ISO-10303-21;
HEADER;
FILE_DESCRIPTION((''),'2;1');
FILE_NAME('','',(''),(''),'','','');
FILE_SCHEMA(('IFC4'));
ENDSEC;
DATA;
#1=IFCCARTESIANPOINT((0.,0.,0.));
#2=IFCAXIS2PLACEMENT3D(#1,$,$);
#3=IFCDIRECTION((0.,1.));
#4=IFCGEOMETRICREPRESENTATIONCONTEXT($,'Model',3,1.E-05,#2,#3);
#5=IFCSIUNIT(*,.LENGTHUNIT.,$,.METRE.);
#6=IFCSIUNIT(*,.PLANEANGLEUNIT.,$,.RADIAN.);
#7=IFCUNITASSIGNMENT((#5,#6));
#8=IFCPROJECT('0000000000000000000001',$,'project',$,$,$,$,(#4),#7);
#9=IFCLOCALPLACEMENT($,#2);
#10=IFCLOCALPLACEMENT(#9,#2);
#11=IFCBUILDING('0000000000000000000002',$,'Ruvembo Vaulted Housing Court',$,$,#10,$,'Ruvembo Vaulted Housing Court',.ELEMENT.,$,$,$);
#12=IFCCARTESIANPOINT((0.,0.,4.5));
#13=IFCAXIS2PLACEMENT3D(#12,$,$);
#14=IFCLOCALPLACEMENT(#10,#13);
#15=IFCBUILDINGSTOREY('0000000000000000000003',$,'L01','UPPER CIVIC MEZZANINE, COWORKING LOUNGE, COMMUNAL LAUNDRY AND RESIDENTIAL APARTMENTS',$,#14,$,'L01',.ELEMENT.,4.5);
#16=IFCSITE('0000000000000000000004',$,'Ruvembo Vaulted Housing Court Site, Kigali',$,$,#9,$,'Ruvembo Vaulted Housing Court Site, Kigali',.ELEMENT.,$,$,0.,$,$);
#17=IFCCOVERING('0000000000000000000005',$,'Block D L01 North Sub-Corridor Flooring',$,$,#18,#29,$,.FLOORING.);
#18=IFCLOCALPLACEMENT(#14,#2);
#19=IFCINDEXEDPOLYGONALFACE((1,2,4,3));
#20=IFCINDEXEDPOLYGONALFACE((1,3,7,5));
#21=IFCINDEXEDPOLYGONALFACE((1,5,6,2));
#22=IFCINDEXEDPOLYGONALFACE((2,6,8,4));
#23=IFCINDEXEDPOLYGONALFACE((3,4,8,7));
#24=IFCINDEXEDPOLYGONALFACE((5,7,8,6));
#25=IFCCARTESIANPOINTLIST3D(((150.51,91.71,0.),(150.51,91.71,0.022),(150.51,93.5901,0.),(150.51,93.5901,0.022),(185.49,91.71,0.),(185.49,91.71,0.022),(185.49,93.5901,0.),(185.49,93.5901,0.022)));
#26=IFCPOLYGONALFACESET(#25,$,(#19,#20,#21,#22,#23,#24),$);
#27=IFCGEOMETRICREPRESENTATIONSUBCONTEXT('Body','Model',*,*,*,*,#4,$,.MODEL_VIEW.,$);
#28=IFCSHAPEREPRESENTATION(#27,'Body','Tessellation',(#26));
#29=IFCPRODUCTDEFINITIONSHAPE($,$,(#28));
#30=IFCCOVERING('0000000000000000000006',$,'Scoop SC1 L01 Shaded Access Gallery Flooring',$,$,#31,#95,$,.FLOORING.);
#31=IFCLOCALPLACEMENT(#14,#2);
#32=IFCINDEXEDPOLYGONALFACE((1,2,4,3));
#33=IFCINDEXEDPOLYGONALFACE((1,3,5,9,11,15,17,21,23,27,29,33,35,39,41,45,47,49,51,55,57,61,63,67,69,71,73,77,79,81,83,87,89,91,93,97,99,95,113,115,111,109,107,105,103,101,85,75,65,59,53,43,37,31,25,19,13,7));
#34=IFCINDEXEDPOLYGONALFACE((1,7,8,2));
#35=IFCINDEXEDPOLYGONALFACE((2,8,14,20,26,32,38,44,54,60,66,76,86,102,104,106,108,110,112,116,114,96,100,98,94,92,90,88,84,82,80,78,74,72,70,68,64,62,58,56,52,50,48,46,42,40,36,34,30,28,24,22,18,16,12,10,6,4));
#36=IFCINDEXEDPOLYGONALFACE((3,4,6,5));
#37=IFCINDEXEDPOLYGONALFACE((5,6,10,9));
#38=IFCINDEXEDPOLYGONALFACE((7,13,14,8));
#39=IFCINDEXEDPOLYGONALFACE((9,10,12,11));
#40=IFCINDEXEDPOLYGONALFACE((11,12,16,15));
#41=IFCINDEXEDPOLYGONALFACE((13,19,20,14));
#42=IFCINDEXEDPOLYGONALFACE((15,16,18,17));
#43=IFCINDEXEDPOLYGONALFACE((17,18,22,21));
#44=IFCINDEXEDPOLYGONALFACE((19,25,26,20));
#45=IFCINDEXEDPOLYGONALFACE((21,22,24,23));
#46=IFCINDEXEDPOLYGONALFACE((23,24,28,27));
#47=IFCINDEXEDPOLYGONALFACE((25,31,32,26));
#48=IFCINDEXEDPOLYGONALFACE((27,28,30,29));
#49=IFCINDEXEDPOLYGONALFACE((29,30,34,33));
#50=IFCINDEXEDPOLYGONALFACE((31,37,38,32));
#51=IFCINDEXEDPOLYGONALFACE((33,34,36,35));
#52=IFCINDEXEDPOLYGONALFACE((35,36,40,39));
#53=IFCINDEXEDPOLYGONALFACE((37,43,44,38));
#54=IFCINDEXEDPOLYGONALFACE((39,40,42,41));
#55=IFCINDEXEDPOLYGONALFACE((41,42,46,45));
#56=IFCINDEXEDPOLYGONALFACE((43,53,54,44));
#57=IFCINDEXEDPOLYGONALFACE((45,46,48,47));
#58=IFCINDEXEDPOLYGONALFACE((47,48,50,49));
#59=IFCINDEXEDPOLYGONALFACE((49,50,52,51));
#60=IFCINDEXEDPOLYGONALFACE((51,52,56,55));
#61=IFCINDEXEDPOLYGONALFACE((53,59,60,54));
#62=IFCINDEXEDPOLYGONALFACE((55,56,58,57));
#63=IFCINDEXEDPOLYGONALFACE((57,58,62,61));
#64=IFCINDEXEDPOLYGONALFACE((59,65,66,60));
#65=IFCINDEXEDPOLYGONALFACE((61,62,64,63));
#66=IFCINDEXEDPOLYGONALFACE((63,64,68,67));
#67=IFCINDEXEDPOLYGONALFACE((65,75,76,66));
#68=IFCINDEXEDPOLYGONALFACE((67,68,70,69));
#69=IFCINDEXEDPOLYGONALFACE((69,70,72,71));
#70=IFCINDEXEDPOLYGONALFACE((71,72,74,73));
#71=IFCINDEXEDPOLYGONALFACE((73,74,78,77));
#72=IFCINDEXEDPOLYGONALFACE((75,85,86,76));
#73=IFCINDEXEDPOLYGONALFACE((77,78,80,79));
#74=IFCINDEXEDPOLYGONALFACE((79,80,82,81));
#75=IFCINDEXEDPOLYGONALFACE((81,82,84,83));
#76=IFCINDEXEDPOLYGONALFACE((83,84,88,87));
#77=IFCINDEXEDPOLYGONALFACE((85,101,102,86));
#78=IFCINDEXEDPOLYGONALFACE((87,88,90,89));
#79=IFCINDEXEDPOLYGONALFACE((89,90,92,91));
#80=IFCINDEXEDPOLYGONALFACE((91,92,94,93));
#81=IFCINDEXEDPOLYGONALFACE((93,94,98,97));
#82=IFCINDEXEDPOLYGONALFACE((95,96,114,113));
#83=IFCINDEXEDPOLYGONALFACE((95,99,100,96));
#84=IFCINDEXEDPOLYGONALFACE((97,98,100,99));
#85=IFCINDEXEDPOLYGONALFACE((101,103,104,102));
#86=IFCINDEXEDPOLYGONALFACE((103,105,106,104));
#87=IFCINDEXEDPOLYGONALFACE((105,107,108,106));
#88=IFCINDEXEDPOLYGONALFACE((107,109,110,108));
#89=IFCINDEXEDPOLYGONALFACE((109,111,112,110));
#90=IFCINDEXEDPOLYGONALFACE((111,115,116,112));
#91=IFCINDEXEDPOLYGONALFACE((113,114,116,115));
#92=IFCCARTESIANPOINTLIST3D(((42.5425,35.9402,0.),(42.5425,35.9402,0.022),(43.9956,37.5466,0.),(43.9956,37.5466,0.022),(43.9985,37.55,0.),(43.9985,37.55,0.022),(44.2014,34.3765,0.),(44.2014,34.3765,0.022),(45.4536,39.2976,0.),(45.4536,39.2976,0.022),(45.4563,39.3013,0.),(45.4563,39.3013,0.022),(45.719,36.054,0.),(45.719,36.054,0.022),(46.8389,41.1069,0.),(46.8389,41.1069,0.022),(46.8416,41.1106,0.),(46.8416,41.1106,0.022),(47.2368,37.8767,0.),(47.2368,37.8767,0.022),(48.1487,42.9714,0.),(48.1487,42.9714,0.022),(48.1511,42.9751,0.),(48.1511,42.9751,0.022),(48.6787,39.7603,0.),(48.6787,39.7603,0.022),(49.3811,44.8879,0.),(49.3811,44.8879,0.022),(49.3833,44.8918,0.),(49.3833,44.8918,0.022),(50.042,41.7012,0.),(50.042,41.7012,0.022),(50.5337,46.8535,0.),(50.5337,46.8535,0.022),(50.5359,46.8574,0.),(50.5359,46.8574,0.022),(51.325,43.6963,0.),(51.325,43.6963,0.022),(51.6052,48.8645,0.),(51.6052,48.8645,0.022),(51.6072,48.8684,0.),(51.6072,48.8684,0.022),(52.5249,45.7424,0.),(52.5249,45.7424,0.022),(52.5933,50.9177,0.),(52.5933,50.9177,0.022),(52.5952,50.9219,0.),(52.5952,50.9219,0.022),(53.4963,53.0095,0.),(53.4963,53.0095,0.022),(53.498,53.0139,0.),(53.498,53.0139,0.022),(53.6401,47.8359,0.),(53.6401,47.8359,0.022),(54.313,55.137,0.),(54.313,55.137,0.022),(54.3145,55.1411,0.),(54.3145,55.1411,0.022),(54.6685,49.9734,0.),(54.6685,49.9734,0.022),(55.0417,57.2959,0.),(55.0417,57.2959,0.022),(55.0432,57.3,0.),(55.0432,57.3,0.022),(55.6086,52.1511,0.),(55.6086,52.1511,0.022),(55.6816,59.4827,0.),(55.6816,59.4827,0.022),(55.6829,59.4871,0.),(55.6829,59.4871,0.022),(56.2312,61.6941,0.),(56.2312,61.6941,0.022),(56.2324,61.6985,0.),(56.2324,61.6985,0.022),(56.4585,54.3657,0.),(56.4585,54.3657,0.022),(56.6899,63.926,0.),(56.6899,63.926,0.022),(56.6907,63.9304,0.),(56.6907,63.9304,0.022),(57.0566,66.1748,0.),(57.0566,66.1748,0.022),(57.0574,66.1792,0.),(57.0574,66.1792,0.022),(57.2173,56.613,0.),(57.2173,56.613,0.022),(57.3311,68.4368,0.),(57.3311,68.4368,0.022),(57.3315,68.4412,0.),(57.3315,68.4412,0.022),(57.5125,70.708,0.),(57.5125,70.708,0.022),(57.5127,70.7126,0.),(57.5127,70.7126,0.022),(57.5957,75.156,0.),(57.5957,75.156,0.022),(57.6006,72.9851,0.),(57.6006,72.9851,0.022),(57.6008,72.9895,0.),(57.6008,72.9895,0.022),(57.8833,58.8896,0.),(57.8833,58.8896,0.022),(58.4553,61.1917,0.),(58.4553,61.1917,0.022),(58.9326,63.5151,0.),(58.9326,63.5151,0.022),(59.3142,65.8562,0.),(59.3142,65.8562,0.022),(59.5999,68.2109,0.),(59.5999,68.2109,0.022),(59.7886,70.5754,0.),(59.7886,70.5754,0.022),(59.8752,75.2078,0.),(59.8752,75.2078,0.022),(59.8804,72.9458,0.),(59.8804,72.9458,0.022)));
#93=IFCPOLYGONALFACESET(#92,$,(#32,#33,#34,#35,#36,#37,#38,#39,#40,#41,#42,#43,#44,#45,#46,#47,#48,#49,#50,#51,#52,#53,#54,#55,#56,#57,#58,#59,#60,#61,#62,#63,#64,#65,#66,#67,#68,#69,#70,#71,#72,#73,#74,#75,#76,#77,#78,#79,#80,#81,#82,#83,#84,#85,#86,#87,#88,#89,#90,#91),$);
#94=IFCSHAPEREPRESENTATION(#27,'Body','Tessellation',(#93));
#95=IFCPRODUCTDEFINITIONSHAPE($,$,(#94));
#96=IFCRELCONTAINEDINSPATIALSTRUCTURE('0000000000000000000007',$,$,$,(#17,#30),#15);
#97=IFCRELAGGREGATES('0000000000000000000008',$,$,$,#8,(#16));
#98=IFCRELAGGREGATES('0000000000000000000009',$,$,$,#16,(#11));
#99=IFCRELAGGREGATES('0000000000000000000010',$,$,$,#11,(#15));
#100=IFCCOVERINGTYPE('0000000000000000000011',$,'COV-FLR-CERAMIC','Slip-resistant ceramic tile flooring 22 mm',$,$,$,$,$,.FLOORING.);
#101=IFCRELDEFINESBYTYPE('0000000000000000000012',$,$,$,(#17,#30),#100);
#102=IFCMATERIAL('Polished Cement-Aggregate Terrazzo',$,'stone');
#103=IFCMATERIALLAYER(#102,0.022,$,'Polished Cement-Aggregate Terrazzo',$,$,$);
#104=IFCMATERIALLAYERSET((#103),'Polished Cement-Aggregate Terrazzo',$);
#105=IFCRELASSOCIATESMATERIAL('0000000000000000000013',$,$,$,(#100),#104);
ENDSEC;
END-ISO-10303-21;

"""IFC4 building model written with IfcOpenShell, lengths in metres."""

from ifc_helpers import new_model, si_unit, direction, frame, origin, place, context, subcontext, project, spatial, polyline, outline, extrude, material, layer, layer_set, type_object, element, save


model = new_model("IFC4")

# Units and contexts
model_context = context("Model", 3, precision=1e-05, world=origin(), true_north=direction((0.0, 1.0)))
body_context = subcontext(model_context, "Body", "Model", "MODEL_VIEW")
ifc_project = project(units=[si_unit("LENGTHUNIT", "METRE"), si_unit("PLANEANGLEUNIT", "RADIAN")], contexts=[model_context])

# Site, building, storey
site_placement = place(None, origin())
site = spatial("IfcSite", under=ifc_project, at=site_placement, Name="Ruvembo Vaulted Housing Court Site, Kigali", LongName="Ruvembo Vaulted Housing Court Site, Kigali", CompositionType="ELEMENT", RefElevation=0.0)
building_placement = place(site_placement, origin())
building = spatial("IfcBuilding", under=site, at=building_placement, Name="Ruvembo Vaulted Housing Court", LongName="Ruvembo Vaulted Housing Court", CompositionType="ELEMENT")
storey_placement = place(building_placement, frame((0.0, 0.0, 4.5)))
storey = spatial("IfcBuildingStorey", under=building, at=storey_placement, Name="L01", Description="UPPER CIVIC MEZZANINE, COWORKING LOUNGE, COMMUNAL LAUNDRY AND RESIDENTIAL APARTMENTS", LongName="L01", CompositionType="ELEMENT", Elevation=4.5)

# Coverings
ifc_material_1 = material(Name="Polished Cement-Aggregate Terrazzo", Category="stone")
ifc_layer_1 = layer(ifc_material_1, 0.022, Name="Polished Cement-Aggregate Terrazzo")
ifc_layer_set_1 = layer_set([ifc_layer_1], Name="Polished Cement-Aggregate Terrazzo")
covering_type_1 = type_object("IfcCoveringType", Name="COV-FLR-CERAMIC", Description="Slip-resistant ceramic tile flooring 22 mm", PredefinedType="FLOORING", material=ifc_layer_set_1)
covering_1_placement = place(storey_placement, origin())
element("IfcCovering", 1, at=covering_1_placement, inside=storey, type_object=covering_type_1, Name="Block D L01 North Sub-Corridor Flooring", PredefinedType="FLOORING", context=body_context, shape_type="SweptSolid", body=[
    extrude(outline(polyline([(185.49, 91.71), (185.49, 93.5901), (150.51, 93.5901), (150.51, 91.71), (185.49, 91.71)])), origin(), (0.0, 0.0, 1.0), 0.022),
])
covering_2_placement = place(storey_placement, origin())
element("IfcCovering", 2, at=covering_2_placement, inside=storey, type_object=covering_type_1, Name="Scoop SC1 L01 Shaded Access Gallery Flooring", PredefinedType="FLOORING", context=body_context, shape_type="SweptSolid", body=[
    extrude(outline(polyline([(43.9985, 37.55), (43.9956, 37.5466), (42.5425, 35.9402), (44.2014, 34.3765), (45.719, 36.054), (47.2368, 37.8767), (48.6787, 39.7603), (50.042, 41.7012), (51.325, 43.6963), (52.5249, 45.7424), (53.6401, 47.8359), (54.6685, 49.9734), (55.6086, 52.1511), (56.4585, 54.3657), (57.2173, 56.613), (57.8833, 58.8896), (58.4553, 61.1917), (58.9326, 63.5151), (59.3142, 65.8562), (59.5999, 68.2109), (59.7886, 70.5754), (59.8804, 72.9458), (59.8752, 75.2078), (57.5957, 75.156), (57.6008, 72.9895), (57.6006, 72.9851), (57.5127, 70.7126), (57.5125, 70.708), (57.3315, 68.4412), (57.3311, 68.4368), (57.0574, 66.1792), (57.0566, 66.1748), (56.6907, 63.9304), (56.6899, 63.926), (56.2324, 61.6985), (56.2312, 61.6941), (55.6829, 59.4871), (55.6816, 59.4827), (55.0432, 57.3), (55.0417, 57.2959), (54.3145, 55.1411), (54.313, 55.137), (53.498, 53.0139), (53.4963, 53.0095), (52.5952, 50.9219), (52.5933, 50.9177), (51.6072, 48.8684), (51.6052, 48.8645), (50.5359, 46.8574), (50.5337, 46.8535), (49.3833, 44.8918), (49.3811, 44.8879), (48.1511, 42.9751), (48.1487, 42.9714), (46.8416, 41.1106), (46.8389, 41.1069), (45.4563, 39.3013), (45.4536, 39.2976), (43.9985, 37.55)])), origin(), (0.0, 0.0, 1.0), 0.022),
])

save(model, "model.ifc")
